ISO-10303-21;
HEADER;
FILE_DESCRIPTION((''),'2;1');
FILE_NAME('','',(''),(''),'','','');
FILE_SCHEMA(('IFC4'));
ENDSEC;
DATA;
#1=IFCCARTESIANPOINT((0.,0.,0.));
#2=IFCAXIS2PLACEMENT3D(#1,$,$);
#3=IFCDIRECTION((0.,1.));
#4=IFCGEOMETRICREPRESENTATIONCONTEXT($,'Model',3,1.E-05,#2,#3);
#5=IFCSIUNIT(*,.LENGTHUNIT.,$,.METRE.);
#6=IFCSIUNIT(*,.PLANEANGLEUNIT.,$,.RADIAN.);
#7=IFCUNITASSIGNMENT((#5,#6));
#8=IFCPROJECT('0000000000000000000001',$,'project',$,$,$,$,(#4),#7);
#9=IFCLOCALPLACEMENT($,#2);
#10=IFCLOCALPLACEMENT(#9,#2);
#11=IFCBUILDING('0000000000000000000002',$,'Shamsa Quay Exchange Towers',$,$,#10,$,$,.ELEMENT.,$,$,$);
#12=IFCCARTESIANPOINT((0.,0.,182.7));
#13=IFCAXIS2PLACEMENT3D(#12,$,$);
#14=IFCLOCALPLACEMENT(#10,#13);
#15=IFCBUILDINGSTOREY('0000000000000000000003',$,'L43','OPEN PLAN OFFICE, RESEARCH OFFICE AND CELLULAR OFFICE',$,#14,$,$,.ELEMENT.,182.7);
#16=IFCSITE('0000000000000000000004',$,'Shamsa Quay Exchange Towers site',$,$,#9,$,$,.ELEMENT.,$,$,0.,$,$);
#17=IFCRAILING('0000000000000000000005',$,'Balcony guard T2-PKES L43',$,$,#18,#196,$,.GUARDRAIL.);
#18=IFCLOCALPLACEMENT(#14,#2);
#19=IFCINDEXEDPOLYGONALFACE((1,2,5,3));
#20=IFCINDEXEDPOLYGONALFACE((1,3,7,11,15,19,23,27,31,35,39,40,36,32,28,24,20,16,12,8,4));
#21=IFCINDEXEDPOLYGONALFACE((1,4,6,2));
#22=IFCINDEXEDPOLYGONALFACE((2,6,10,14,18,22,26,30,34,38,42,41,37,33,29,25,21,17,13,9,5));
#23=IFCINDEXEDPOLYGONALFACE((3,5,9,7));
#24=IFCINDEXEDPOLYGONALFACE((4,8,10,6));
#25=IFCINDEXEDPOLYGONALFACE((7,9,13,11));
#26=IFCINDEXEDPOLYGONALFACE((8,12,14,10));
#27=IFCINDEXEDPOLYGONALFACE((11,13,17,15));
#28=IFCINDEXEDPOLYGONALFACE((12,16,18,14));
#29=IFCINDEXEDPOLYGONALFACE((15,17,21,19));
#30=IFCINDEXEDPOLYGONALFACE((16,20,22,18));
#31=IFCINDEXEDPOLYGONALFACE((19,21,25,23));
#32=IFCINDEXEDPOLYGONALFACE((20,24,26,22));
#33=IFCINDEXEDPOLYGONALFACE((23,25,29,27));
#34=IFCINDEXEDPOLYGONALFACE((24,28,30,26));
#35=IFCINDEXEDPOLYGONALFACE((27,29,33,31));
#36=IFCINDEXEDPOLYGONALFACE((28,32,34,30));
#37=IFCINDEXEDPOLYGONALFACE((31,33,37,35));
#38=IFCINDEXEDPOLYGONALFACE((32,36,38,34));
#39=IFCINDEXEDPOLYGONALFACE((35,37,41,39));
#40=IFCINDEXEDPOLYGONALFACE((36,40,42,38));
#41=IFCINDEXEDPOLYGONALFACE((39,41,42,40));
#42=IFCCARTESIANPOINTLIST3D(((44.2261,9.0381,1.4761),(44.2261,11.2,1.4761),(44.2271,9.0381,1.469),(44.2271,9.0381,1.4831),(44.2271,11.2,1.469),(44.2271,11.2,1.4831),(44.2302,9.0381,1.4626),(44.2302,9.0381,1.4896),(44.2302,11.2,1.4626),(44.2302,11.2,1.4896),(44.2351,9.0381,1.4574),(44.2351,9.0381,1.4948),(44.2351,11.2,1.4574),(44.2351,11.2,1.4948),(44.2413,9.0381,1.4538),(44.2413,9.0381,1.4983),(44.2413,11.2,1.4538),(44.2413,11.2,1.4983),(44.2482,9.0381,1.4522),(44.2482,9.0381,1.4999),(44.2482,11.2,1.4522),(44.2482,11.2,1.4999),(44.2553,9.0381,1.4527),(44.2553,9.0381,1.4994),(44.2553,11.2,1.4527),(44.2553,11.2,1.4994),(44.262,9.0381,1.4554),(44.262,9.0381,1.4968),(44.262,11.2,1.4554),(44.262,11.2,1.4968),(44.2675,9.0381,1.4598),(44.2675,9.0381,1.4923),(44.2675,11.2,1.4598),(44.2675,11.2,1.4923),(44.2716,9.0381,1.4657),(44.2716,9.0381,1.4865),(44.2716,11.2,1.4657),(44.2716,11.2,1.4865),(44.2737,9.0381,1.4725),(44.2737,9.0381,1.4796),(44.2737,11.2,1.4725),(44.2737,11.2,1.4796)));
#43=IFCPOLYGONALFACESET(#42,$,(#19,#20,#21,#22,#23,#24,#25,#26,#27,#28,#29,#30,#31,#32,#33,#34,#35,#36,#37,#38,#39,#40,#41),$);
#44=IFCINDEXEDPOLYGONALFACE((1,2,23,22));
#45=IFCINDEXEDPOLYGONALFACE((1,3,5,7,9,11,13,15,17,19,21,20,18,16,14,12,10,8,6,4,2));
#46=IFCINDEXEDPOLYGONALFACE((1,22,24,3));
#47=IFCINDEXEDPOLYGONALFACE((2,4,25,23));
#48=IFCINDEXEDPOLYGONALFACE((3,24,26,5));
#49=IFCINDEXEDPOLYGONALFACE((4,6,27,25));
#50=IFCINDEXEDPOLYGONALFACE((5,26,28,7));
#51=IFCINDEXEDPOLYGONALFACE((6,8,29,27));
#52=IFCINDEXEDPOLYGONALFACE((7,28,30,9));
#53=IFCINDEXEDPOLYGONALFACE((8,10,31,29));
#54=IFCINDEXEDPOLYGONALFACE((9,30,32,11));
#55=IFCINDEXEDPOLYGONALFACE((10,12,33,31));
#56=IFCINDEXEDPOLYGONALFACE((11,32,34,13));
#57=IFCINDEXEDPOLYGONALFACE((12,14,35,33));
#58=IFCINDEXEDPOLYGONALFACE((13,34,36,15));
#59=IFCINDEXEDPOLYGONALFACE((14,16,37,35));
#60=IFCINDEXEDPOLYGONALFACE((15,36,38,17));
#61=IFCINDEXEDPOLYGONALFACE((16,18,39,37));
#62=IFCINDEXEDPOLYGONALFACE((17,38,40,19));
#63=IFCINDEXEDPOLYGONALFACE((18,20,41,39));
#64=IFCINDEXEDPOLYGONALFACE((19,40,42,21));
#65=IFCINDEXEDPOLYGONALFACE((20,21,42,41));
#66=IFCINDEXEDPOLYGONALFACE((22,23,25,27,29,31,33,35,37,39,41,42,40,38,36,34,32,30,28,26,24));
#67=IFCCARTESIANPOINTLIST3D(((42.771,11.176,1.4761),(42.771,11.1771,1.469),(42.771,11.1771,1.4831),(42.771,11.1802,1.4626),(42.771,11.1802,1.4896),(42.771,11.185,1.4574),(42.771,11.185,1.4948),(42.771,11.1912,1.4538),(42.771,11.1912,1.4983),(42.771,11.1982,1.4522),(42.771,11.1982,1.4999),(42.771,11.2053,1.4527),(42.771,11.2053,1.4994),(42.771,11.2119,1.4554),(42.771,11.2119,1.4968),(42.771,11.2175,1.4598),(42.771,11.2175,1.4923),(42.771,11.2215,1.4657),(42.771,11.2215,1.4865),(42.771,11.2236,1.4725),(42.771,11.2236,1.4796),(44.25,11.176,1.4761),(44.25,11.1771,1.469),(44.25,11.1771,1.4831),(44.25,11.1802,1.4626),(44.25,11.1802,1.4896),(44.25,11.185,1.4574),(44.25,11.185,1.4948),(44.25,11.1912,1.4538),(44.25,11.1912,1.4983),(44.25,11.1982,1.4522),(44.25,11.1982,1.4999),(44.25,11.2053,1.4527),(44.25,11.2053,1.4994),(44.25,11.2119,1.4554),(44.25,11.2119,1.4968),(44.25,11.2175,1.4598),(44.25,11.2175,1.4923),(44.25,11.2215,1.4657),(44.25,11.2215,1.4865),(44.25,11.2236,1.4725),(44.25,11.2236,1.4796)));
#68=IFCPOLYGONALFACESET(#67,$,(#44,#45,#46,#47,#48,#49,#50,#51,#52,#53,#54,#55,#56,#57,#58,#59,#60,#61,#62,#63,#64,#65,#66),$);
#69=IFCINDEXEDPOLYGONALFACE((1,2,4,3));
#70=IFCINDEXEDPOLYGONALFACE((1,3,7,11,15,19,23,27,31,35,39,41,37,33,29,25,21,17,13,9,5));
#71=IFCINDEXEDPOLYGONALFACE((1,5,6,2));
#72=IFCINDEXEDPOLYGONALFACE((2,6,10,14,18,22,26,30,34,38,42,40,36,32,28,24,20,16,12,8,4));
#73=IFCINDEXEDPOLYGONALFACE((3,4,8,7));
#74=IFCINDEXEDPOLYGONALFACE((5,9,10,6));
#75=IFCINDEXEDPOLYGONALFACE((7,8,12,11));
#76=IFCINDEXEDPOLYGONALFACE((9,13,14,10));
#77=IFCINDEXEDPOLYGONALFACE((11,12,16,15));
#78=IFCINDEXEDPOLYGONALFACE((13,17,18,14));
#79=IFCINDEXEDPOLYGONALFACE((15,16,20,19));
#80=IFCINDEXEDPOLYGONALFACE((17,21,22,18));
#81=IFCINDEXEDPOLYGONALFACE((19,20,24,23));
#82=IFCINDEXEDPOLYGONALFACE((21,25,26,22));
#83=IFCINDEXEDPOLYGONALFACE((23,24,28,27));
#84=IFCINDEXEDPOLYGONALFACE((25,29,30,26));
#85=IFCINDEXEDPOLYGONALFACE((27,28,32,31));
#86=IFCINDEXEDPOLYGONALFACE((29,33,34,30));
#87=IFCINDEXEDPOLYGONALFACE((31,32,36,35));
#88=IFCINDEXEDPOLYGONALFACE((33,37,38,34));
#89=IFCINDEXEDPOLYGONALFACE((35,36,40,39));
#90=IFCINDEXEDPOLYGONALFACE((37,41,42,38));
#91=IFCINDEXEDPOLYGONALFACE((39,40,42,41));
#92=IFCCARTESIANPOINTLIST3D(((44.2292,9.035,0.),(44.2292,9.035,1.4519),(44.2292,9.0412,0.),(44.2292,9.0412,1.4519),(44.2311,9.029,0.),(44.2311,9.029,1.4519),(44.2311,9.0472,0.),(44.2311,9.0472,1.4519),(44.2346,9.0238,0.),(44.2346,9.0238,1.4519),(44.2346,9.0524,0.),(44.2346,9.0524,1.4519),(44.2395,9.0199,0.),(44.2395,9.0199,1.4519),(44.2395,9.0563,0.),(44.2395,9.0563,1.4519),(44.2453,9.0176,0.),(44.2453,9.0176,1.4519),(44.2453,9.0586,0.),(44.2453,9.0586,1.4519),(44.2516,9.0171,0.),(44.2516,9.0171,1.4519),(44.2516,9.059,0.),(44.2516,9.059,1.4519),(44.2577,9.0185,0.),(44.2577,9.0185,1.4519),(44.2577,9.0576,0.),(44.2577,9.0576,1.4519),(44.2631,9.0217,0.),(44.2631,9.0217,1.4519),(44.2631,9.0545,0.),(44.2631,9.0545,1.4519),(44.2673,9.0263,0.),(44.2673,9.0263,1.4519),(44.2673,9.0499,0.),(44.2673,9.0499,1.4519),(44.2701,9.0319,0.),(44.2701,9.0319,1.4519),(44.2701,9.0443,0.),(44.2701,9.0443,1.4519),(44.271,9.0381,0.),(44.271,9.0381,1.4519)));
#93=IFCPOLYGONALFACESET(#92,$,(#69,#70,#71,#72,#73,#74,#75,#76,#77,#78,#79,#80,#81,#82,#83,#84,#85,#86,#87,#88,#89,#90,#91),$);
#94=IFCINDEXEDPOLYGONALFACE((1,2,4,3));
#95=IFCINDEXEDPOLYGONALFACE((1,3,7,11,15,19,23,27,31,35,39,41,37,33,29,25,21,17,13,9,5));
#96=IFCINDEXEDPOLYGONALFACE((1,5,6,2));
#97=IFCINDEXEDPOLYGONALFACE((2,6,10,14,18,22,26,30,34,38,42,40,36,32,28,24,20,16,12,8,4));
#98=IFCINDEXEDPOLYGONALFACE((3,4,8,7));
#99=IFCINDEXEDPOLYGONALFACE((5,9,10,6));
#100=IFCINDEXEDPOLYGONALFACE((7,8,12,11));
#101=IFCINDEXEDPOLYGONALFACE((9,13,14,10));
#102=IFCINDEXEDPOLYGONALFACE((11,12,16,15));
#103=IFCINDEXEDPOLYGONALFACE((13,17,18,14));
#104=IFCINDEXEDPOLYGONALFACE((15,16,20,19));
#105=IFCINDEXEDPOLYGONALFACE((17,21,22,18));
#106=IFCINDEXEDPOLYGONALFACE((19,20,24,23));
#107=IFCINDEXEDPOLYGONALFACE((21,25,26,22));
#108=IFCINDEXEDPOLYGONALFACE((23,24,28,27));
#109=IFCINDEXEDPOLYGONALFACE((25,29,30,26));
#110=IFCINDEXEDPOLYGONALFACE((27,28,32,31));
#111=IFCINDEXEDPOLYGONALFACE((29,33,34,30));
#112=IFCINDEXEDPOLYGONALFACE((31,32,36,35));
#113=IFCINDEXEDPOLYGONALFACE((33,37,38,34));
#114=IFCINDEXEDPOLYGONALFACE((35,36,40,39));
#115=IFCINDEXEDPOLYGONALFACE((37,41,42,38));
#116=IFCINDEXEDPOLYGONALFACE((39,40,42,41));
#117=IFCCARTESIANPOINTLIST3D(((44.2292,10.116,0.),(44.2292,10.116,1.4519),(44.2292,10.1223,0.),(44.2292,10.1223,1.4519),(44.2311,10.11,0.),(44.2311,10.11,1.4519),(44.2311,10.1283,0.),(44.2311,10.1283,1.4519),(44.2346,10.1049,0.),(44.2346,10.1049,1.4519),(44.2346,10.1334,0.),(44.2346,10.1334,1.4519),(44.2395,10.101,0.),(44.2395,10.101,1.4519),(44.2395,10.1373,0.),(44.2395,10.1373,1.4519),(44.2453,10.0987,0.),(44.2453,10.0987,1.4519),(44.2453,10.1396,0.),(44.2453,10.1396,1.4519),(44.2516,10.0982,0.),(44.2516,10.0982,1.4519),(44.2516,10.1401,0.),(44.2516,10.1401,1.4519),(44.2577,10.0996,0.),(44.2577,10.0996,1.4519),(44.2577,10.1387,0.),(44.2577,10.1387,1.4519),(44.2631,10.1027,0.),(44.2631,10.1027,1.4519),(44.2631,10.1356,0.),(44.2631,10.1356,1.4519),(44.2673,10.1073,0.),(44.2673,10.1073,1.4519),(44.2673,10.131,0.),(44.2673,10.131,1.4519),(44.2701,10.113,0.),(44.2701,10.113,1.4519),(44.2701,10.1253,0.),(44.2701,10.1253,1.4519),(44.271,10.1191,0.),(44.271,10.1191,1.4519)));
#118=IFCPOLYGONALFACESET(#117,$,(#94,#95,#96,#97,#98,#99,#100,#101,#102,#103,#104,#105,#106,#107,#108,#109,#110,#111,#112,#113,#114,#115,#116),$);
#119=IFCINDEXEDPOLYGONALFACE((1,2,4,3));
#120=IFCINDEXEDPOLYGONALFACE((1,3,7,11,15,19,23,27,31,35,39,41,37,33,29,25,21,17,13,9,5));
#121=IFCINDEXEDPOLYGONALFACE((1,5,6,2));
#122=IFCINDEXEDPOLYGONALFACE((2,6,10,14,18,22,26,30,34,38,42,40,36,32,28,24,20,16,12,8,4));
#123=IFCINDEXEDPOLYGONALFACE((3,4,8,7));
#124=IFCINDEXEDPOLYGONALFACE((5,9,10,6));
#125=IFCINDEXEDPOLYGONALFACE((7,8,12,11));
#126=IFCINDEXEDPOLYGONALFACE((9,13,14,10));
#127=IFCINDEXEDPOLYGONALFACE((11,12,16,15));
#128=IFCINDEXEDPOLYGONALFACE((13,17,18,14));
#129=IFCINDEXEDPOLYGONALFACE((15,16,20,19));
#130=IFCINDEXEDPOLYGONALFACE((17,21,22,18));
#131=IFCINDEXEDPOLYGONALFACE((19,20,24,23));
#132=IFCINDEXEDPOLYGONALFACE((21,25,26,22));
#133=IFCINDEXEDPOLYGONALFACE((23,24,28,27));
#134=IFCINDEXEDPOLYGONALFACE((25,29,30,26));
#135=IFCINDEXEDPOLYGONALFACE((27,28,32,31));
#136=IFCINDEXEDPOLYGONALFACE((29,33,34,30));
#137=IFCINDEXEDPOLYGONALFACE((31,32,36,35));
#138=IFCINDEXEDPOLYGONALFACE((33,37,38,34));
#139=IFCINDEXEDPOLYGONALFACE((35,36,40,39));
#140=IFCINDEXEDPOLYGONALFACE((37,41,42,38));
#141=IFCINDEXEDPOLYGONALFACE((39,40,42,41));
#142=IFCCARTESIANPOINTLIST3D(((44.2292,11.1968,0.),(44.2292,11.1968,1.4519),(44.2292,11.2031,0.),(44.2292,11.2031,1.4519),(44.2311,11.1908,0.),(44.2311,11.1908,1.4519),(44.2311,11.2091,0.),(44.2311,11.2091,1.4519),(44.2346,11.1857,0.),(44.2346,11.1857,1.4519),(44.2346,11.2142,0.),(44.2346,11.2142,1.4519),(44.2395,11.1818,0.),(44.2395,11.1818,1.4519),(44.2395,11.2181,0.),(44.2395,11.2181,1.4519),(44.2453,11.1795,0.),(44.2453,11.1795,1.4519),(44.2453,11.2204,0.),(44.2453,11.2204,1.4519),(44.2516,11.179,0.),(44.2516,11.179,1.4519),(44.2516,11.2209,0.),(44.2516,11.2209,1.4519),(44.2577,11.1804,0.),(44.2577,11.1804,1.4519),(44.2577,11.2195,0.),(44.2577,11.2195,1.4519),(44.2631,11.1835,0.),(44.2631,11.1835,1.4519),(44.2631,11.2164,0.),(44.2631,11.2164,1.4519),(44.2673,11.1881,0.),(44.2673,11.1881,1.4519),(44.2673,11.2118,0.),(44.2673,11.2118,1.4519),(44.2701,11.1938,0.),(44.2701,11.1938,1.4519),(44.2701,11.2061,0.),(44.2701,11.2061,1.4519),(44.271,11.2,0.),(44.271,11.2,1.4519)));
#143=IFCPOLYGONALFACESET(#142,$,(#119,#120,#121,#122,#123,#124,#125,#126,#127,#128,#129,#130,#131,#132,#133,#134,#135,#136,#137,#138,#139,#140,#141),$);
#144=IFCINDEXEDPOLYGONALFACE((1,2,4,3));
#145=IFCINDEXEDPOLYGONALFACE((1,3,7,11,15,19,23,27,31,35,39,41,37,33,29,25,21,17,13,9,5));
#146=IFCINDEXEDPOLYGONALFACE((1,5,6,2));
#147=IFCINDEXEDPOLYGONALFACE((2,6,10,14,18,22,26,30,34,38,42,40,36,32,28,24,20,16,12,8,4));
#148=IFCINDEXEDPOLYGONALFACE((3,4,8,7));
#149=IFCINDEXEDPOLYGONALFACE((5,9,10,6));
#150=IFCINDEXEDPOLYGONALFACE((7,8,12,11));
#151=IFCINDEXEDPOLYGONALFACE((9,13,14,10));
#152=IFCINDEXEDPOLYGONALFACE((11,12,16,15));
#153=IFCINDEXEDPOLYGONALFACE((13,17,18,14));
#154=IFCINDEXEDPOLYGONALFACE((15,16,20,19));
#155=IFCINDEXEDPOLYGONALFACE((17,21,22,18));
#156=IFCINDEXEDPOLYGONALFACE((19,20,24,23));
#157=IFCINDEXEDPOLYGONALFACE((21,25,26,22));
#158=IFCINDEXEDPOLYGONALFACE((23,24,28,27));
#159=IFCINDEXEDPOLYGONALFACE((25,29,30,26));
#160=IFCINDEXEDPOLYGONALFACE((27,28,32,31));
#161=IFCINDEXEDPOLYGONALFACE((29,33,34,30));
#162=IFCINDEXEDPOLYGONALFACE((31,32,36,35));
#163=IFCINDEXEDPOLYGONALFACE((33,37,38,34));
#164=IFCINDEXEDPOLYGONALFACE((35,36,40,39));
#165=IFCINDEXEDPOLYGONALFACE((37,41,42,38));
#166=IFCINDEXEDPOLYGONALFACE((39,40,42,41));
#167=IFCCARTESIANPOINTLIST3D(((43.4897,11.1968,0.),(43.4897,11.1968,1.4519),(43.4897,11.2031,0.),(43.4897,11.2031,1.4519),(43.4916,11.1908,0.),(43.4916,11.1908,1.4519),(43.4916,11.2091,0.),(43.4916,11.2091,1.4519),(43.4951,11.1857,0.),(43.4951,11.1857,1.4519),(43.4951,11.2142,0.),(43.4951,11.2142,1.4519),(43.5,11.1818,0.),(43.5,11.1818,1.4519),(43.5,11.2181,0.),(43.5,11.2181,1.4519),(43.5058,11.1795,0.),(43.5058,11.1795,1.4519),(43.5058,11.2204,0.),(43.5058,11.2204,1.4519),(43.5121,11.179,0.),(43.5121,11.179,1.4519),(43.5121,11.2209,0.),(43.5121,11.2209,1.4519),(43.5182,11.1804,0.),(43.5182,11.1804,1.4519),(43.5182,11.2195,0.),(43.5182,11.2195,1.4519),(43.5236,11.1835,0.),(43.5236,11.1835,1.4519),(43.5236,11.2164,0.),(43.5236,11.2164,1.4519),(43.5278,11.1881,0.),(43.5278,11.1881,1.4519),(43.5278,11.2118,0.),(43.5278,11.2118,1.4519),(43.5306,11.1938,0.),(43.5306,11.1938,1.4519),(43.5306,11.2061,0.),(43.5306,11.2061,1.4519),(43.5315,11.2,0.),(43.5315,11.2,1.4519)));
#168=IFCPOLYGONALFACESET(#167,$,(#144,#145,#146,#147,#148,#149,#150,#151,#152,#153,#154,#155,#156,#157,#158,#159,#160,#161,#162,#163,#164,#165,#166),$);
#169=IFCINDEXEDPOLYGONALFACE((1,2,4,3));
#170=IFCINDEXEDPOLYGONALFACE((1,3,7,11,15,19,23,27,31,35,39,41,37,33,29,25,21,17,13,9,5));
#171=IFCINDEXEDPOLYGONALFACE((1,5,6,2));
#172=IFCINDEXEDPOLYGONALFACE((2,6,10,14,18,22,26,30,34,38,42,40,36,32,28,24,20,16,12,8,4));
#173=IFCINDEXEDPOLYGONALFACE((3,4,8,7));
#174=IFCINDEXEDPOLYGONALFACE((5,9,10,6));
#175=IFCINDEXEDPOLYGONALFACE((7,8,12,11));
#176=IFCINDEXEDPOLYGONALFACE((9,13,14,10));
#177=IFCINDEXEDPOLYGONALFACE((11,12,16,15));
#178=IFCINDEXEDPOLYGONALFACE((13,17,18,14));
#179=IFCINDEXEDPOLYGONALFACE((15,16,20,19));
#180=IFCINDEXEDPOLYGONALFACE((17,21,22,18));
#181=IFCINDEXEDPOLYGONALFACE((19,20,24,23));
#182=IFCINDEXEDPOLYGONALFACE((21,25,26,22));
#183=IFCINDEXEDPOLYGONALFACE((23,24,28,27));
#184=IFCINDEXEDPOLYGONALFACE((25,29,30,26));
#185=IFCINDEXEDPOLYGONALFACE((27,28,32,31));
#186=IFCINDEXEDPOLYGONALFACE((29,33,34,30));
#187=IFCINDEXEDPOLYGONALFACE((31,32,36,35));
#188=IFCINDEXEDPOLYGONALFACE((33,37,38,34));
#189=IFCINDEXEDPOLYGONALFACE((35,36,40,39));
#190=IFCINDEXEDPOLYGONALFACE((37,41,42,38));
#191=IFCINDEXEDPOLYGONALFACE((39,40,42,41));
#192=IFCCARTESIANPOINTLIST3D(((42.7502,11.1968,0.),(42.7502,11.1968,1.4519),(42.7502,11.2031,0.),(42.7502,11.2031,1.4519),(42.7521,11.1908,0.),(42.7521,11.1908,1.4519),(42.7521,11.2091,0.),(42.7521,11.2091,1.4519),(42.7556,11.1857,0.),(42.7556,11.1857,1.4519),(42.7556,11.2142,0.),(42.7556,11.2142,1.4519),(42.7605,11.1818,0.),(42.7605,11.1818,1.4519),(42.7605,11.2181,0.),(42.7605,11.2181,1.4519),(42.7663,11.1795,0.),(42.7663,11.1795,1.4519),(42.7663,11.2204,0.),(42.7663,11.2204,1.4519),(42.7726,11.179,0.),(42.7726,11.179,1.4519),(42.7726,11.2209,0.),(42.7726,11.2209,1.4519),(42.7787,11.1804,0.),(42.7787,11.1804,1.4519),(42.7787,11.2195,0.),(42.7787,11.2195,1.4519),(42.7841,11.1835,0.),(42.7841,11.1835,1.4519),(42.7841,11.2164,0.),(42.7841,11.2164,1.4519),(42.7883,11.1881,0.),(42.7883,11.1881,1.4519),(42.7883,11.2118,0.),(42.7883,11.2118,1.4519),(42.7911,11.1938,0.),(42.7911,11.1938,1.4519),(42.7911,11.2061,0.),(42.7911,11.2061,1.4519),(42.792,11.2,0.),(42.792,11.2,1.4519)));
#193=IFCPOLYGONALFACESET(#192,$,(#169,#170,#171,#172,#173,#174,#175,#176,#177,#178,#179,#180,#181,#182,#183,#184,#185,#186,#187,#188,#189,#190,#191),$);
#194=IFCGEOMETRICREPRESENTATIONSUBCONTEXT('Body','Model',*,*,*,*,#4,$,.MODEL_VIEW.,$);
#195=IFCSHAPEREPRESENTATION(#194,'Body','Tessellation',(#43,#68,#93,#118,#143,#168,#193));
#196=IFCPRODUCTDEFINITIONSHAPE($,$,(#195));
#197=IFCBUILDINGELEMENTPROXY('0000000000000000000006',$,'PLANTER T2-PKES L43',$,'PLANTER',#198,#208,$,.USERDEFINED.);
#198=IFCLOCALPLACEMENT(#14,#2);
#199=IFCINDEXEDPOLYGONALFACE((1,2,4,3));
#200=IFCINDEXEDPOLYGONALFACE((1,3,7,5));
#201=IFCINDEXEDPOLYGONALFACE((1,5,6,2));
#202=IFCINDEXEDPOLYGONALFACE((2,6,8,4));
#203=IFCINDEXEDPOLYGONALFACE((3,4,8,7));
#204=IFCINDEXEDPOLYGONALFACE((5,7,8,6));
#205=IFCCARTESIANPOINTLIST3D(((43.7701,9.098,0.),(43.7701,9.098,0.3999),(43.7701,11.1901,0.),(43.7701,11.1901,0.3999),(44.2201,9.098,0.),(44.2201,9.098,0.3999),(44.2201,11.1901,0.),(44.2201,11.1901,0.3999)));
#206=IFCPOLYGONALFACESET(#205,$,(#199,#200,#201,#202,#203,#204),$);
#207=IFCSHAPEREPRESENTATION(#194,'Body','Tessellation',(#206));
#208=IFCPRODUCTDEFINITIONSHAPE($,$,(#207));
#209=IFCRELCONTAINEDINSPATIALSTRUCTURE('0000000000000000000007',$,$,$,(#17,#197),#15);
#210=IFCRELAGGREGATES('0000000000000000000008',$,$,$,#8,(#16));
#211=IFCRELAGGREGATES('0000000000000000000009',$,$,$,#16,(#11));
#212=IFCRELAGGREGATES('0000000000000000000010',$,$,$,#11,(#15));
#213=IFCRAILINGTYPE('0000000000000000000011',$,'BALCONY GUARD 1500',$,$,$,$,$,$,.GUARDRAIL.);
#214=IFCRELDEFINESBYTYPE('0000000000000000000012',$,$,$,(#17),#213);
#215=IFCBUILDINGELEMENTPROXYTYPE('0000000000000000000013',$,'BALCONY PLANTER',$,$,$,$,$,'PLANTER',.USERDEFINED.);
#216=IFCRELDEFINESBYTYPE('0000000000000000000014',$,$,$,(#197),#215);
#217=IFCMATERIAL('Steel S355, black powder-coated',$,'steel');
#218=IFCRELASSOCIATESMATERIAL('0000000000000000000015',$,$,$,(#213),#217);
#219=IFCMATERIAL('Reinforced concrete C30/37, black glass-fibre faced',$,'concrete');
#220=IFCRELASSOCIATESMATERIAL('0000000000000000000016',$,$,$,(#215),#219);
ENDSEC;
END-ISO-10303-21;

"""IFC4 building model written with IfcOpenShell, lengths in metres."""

from ifc_helpers import new_model, si_unit, direction, frame, origin, origin_2d, place, context, subcontext, project, spatial, rectangle, circle, extrude, material, type_object, element, save


model = new_model("IFC4")

# Units and contexts
model_context = context("Model", 3, precision=1e-05, world=origin(), true_north=direction((0.0, 1.0)))
body_context = subcontext(model_context, "Body", "Model", "MODEL_VIEW")
ifc_project = project(units=[si_unit("LENGTHUNIT", "METRE"), si_unit("PLANEANGLEUNIT", "RADIAN")], contexts=[model_context])

# Site, building, storey
site_placement = place(None, origin())
site = spatial("IfcSite", under=ifc_project, at=site_placement, Name="Shamsa Quay Exchange Towers site", CompositionType="ELEMENT", RefElevation=0.0)
building_placement = place(site_placement, origin())
building = spatial("IfcBuilding", under=site, at=building_placement, Name="Shamsa Quay Exchange Towers", CompositionType="ELEMENT")
storey_placement = place(building_placement, frame((0.0, 0.0, 182.7)))
storey = spatial("IfcBuildingStorey", under=building, at=storey_placement, Name="L43", Description="OPEN PLAN OFFICE, RESEARCH OFFICE AND CELLULAR OFFICE", CompositionType="ELEMENT", Elevation=182.7)

# Railing
ifc_material_1 = material(Name="Steel S355, black powder-coated", Category="steel")
railing_type = type_object("IfcRailingType", Name="BALCONY GUARD 1500", PredefinedType="GUARDRAIL", material=ifc_material_1)
railing_placement = place(storey_placement, frame((44.25, 9.0381, 0.0)))
element("IfcRailing", 1, at=railing_placement, inside=storey, type_object=railing_type, Name="Balcony guard T2-PKES L43", PredefinedType="GUARDRAIL", context=body_context, shape_type="SweptSolid", body=[
    extrude(circle(Radius=0.0239, at=origin_2d()), frame((0.0, 0.0, 1.4761), z_axis=(0.0, 1.0, 0.0), x_axis=(-1.0, 0.0, 0.0)), (0.0, 0.0, 1.0), 2.1619),
    extrude(circle(Radius=0.0239, at=origin_2d()), frame((0.0, 2.1619, 1.4761), z_axis=(-1.0, 0.0, 0.0), x_axis=(0.0, -1.0, 0.0)), (0.0, 0.0, 1.0), 1.479),
    extrude(circle(Radius=0.021, at=origin_2d()), origin(), (0.0, 0.0, 1.0), 1.4519),
    extrude(circle(Radius=0.021, at=origin_2d()), frame((0.0, 1.0811, 0.0)), (0.0, 0.0, 1.0), 1.4519),
    extrude(circle(Radius=0.021, at=origin_2d()), frame((0.0, 2.1619, 0.0)), (0.0, 0.0, 1.0), 1.4519),
    extrude(circle(Radius=0.021, at=origin_2d()), frame((-0.7395, 2.1619, 0.0)), (0.0, 0.0, 1.0), 1.4519),
    extrude(circle(Radius=0.021, at=origin_2d()), frame((-1.479, 2.1619, 0.0)), (0.0, 0.0, 1.0), 1.4519),
])

# Building element proxy
ifc_material_2 = material(Name="Reinforced concrete C30/37, black glass-fibre faced", Category="concrete")
building_element_proxy_type = type_object("IfcBuildingElementProxyType", Name="BALCONY PLANTER", ElementType="PLANTER", PredefinedType="USERDEFINED", material=ifc_material_2)
proxy_placement = place(storey_placement, frame((43.9951, 10.144, 0.0), z_axis=(0.0, 0.0, 1.0), x_axis=(0.0, 1.0, 0.0)))
element("IfcBuildingElementProxy", 2, at=proxy_placement, inside=storey, type_object=building_element_proxy_type, Name="PLANTER T2-PKES L43", ObjectType="PLANTER", PredefinedType="USERDEFINED", context=body_context, shape_type="SweptSolid", body=[
    extrude(rectangle(XDim=2.092, YDim=0.45, at=origin_2d()), origin(), (0.0, 0.0, 1.0), 0.3999),
])

save(model, "model.ifc")
